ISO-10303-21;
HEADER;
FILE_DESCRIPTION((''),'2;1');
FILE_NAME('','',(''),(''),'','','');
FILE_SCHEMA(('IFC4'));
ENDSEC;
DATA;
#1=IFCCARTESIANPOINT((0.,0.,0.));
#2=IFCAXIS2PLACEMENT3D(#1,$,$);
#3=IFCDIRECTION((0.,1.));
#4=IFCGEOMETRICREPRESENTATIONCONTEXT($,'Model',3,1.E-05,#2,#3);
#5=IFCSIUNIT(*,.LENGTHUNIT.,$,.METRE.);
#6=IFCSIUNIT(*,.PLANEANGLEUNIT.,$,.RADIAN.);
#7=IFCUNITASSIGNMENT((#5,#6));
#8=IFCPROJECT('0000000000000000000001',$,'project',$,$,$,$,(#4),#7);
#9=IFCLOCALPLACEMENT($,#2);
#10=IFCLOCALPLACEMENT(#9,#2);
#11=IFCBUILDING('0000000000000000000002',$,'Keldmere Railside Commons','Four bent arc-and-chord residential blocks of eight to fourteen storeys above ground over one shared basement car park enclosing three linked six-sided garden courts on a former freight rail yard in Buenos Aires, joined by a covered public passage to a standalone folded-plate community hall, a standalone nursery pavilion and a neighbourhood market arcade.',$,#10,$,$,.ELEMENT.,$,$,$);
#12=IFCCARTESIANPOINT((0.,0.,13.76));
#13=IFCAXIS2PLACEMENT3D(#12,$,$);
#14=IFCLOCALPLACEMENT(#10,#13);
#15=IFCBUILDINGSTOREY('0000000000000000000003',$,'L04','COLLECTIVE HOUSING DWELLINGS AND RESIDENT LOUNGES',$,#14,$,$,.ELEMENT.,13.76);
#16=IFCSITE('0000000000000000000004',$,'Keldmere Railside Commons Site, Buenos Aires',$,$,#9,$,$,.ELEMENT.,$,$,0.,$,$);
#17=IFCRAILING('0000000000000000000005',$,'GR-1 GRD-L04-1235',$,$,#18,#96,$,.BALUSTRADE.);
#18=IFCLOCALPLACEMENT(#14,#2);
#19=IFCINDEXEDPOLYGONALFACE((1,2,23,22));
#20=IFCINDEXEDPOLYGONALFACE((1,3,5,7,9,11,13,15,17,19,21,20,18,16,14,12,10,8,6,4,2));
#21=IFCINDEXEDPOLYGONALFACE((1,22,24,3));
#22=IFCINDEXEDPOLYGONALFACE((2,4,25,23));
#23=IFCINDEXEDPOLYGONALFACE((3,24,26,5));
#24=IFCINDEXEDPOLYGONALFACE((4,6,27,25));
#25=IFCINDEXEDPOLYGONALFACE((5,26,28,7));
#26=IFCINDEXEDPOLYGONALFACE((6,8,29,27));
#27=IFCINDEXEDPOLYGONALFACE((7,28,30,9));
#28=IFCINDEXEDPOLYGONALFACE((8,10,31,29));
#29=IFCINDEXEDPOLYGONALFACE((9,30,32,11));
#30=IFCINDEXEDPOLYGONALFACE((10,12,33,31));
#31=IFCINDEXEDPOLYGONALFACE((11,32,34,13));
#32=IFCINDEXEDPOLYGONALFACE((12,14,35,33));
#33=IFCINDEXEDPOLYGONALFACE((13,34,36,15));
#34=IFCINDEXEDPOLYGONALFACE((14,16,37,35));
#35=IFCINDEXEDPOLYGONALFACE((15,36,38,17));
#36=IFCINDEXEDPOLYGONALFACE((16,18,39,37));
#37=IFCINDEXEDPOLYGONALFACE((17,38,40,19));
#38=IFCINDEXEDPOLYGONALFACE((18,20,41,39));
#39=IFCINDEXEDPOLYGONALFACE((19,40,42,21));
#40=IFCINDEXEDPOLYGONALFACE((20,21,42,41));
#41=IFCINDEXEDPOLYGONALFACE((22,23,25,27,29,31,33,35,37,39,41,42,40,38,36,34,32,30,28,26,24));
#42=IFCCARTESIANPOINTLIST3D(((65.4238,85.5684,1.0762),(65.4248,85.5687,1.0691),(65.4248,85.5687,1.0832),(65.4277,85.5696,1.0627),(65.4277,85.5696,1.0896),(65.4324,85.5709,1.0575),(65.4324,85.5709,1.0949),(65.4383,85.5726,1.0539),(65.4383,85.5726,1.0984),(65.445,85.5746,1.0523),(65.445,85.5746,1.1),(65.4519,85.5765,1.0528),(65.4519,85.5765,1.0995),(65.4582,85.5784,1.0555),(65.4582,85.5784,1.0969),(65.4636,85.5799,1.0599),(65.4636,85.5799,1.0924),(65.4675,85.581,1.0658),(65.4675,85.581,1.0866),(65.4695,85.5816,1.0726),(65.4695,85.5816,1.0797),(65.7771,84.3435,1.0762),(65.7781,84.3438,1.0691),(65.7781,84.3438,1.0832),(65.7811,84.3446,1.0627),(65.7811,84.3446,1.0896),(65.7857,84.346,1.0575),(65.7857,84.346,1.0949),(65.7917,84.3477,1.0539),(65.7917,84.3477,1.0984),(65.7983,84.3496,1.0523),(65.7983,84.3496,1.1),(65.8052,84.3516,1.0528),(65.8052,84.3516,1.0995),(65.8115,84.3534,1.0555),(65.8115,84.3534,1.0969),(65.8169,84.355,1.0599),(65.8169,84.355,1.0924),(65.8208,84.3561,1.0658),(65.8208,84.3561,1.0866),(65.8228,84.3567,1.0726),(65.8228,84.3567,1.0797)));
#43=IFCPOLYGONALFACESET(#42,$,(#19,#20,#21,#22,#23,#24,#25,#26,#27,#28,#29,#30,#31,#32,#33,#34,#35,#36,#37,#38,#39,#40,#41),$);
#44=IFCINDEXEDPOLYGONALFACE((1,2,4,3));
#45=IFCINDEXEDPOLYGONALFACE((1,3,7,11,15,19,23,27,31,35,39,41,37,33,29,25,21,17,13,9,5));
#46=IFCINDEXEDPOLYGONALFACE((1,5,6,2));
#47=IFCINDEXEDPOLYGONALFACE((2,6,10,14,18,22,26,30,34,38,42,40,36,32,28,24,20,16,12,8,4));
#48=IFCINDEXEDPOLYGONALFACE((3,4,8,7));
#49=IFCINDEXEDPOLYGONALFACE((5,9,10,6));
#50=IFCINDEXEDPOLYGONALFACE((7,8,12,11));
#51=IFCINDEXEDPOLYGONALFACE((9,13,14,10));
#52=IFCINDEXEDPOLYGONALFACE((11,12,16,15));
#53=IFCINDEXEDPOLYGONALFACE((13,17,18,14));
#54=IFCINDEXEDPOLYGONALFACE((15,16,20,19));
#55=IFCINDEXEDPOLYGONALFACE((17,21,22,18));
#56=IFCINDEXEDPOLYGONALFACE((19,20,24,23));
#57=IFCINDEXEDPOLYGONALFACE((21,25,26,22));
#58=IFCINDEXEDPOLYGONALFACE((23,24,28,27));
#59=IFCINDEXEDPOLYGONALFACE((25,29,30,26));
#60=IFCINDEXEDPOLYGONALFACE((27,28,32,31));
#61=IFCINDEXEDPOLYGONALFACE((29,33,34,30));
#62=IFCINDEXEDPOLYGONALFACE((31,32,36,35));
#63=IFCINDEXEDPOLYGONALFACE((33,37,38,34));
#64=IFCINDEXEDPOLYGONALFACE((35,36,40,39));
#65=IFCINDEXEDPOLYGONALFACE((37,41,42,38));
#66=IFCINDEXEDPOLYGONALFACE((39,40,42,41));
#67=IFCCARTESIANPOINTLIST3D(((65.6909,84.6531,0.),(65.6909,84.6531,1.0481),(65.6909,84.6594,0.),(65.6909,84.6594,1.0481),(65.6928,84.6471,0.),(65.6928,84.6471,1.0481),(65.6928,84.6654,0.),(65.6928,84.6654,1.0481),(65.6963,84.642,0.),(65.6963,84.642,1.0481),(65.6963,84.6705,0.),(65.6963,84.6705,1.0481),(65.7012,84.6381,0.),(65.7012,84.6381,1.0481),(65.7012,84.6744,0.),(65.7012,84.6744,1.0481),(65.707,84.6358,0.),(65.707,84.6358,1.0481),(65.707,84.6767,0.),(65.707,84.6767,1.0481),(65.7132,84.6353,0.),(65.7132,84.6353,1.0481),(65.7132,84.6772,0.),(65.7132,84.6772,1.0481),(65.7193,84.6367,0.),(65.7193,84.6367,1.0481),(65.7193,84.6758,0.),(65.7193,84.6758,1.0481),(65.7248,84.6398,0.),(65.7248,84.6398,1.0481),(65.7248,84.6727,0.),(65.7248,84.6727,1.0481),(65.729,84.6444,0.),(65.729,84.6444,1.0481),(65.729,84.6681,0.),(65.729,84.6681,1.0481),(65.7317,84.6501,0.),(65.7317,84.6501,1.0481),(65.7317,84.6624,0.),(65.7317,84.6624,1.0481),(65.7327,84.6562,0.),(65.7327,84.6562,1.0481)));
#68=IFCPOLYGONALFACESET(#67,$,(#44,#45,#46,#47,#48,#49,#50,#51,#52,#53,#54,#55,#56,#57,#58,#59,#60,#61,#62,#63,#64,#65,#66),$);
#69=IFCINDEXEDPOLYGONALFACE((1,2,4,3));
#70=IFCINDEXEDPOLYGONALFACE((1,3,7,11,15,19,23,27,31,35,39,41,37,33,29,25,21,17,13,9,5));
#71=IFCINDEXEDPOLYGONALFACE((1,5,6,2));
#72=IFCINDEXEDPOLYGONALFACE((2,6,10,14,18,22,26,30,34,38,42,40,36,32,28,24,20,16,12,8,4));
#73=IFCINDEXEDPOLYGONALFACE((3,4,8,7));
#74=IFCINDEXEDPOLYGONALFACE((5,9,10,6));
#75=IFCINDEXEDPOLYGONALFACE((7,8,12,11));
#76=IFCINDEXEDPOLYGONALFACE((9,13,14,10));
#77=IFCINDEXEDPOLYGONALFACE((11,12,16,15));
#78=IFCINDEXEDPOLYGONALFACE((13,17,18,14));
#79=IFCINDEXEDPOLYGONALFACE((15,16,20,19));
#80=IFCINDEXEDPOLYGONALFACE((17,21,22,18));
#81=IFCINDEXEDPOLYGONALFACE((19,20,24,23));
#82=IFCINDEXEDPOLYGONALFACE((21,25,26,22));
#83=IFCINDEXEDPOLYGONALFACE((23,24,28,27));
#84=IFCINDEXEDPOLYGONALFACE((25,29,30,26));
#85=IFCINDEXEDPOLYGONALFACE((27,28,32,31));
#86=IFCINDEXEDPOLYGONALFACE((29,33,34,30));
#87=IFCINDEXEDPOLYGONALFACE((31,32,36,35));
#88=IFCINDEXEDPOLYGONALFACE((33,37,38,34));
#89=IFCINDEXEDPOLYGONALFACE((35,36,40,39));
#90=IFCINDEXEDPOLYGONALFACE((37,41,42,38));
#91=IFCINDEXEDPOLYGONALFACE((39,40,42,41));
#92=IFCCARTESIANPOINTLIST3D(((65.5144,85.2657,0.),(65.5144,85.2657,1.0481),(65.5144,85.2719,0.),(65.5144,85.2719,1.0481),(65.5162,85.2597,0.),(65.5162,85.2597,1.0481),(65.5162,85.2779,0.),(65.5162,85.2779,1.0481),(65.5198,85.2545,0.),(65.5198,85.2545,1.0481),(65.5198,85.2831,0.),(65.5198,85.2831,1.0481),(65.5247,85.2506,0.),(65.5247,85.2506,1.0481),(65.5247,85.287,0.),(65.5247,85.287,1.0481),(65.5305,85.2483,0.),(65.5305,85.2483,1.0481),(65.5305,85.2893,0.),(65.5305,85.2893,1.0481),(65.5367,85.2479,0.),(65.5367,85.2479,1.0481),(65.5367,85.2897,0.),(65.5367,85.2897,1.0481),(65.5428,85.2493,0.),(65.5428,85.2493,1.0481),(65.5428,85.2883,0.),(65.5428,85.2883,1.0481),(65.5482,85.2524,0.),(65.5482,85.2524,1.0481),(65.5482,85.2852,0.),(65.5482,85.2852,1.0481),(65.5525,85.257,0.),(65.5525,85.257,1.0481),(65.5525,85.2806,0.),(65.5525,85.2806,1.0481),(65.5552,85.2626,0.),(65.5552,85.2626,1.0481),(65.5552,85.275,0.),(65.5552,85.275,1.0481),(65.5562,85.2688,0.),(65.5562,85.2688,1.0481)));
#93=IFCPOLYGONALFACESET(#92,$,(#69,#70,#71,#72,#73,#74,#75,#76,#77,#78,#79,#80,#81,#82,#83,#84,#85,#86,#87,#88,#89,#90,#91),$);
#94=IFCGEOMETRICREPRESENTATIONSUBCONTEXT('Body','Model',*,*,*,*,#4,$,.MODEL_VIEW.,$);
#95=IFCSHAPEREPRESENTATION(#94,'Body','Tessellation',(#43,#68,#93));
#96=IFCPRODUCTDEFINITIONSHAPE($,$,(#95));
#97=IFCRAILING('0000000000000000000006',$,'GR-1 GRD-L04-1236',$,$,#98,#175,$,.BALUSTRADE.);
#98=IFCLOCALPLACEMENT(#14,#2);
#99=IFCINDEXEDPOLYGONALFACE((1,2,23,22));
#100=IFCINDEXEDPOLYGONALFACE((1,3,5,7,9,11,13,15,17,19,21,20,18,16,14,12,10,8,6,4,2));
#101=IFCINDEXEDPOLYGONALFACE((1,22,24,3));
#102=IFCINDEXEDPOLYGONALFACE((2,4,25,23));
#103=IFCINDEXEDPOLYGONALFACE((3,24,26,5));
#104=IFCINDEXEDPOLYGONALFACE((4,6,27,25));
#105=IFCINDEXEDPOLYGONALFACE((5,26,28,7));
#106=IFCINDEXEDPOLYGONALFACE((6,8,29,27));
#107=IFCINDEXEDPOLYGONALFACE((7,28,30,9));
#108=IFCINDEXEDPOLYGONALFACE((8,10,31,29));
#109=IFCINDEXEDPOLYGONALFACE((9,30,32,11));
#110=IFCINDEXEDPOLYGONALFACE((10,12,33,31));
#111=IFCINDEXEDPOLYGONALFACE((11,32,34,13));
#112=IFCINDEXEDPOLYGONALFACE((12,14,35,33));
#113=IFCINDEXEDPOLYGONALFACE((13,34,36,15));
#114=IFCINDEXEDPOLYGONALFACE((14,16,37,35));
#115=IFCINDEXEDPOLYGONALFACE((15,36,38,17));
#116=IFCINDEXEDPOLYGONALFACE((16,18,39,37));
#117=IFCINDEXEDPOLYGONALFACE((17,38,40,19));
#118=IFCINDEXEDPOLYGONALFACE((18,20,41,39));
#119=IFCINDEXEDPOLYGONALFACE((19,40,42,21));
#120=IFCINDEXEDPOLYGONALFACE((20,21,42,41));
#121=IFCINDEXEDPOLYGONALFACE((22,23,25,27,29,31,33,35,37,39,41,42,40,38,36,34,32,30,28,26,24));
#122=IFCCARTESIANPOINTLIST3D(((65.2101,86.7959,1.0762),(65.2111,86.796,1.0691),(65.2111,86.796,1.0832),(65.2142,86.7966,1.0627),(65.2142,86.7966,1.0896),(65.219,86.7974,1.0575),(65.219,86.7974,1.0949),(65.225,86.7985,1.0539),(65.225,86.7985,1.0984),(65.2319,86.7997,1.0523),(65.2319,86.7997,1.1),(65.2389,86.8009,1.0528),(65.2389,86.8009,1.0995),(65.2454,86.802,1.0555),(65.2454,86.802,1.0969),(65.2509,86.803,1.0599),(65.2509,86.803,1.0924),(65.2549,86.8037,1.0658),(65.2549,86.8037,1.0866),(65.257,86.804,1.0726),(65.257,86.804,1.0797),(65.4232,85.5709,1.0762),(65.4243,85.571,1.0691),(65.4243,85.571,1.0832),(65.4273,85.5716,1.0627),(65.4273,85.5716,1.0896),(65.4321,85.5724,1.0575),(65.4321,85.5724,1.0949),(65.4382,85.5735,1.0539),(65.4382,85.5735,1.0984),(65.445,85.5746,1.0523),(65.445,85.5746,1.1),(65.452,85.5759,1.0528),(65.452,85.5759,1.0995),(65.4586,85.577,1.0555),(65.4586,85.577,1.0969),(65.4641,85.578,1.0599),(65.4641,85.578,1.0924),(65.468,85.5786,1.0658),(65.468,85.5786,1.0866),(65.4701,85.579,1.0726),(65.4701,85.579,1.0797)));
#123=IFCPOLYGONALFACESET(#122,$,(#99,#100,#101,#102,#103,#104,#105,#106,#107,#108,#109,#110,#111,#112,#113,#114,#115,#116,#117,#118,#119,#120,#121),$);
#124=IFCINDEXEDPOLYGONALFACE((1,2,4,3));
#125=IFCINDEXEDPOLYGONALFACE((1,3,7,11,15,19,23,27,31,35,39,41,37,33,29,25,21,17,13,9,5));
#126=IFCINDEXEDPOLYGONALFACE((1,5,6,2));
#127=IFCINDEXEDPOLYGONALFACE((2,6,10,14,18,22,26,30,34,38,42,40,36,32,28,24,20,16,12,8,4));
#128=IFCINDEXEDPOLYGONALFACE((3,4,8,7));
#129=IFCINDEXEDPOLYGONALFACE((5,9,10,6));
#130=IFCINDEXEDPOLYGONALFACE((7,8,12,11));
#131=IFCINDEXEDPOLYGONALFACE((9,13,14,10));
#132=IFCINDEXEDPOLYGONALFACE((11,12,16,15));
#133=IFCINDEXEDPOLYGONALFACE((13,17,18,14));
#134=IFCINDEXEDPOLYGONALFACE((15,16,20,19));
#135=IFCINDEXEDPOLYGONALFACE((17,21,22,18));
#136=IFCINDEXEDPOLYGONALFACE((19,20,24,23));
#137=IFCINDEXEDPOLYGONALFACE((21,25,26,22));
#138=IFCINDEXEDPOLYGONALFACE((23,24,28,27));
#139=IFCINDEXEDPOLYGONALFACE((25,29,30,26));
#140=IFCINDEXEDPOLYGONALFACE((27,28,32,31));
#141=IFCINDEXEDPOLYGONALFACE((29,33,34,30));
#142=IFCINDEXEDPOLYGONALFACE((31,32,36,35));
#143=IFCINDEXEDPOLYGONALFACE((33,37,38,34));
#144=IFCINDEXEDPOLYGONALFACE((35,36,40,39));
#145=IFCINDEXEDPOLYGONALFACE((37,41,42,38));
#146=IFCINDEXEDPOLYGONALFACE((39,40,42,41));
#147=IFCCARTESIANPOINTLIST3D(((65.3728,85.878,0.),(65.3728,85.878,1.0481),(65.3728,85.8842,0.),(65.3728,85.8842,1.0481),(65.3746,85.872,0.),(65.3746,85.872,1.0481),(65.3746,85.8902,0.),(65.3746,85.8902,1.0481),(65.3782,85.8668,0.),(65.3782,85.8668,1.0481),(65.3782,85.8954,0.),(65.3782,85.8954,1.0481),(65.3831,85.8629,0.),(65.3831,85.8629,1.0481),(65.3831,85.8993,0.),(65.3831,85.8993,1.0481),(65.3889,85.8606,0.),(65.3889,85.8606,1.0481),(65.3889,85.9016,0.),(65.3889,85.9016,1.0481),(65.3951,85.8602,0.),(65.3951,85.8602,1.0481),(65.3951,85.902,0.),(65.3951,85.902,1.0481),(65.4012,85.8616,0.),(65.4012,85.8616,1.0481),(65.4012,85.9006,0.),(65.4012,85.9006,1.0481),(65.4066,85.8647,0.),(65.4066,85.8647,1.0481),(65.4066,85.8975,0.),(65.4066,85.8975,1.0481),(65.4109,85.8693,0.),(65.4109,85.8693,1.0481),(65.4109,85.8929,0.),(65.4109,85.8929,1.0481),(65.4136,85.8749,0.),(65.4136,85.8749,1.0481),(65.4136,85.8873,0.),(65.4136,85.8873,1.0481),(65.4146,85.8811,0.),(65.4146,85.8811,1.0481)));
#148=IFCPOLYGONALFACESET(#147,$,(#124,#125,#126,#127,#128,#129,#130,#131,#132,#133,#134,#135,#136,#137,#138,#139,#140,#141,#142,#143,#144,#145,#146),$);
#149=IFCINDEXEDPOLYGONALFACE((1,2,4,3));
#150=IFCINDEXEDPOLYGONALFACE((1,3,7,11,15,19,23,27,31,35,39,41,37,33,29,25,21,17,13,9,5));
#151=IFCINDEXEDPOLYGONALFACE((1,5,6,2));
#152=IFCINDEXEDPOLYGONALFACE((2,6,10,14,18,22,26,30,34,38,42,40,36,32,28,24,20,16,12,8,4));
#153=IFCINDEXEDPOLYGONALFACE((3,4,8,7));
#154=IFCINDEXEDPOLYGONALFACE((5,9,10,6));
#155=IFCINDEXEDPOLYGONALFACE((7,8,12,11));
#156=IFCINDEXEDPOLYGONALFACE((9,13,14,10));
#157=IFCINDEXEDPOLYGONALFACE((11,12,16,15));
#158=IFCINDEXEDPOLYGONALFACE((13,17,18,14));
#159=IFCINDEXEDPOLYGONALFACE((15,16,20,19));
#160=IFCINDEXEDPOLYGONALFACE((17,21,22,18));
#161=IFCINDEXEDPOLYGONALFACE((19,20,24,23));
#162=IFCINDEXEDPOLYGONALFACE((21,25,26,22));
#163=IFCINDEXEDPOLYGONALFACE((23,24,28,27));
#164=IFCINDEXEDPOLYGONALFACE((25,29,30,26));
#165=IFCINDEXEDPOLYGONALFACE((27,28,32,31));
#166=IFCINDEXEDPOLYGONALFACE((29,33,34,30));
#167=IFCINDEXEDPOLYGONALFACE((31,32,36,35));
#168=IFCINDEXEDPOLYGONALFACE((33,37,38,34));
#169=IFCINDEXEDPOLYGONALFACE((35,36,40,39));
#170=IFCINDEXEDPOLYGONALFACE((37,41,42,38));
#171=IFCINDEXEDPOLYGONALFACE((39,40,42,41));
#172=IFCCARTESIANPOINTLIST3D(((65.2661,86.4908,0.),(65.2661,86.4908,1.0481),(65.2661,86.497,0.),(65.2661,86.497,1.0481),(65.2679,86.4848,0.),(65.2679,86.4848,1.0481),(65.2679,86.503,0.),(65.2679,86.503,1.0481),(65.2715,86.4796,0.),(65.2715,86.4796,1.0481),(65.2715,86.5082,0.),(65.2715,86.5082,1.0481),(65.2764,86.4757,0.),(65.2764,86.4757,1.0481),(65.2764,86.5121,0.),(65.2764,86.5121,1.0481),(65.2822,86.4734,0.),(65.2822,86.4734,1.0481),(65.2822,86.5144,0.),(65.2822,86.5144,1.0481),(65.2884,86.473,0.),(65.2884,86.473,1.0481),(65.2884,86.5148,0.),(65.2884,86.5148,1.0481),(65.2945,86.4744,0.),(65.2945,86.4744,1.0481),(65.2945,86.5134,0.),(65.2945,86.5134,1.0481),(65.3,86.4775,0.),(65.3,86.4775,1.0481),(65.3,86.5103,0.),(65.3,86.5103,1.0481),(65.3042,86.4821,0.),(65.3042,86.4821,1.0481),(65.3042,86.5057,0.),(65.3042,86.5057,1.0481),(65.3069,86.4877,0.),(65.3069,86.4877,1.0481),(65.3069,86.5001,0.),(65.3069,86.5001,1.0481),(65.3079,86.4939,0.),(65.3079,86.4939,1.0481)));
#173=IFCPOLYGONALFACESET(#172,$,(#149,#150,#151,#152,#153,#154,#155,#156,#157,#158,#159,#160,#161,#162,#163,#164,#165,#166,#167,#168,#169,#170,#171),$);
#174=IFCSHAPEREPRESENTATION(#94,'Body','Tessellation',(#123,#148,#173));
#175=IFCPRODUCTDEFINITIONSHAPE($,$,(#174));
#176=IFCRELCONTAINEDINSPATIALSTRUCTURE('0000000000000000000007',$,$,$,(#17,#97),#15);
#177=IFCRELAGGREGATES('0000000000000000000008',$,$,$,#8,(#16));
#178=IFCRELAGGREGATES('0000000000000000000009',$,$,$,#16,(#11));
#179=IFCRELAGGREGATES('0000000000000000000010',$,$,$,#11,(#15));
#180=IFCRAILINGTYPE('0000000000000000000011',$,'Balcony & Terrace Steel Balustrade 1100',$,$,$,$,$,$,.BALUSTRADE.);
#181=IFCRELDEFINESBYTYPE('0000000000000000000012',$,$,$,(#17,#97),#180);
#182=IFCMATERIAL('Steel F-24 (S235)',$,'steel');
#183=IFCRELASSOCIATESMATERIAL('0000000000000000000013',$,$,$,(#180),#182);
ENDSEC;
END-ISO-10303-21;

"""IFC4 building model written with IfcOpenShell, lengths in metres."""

from ifc_helpers import new_model, si_unit, direction, frame, origin, origin_2d, place, context, subcontext, project, spatial, circle, extrude, material, type_object, element, save


model = new_model("IFC4")

# Units and contexts
model_context = context("Model", 3, precision=1e-05, world=origin(), true_north=direction((0.0, 1.0)))
body_context = subcontext(model_context, "Body", "Model", "MODEL_VIEW")
ifc_project = project(units=[si_unit("LENGTHUNIT", "METRE"), si_unit("PLANEANGLEUNIT", "RADIAN")], contexts=[model_context])

# Site, building, storey
site_placement = place(None, origin())
site = spatial("IfcSite", under=ifc_project, at=site_placement, Name="Keldmere Railside Commons Site, Buenos Aires", CompositionType="ELEMENT", RefElevation=0.0)
building_placement = place(site_placement, origin())
building = spatial("IfcBuilding", under=site, at=building_placement, Name="Keldmere Railside Commons", Description="Four bent arc-and-chord residential blocks of eight to fourteen storeys above ground over one shared basement car park enclosing three linked six-sided garden courts on a former freight rail yard in Buenos Aires, joined by a covered public passage to a standalone folded-plate community hall, a standalone nursery pavilion and a neighbourhood market arcade.", CompositionType="ELEMENT")
storey_placement = place(building_placement, frame((0.0, 0.0, 13.76)))
storey = spatial("IfcBuildingStorey", under=building, at=storey_placement, Name="L04", Description="COLLECTIVE HOUSING DWELLINGS AND RESIDENT LOUNGES", CompositionType="ELEMENT", Elevation=13.76)

# Railings
ifc_material_1 = material(Name="Steel F-24 (S235)", Category="steel")
railing_type = type_object("IfcRailingType", Name="Balcony & Terrace Steel Balustrade 1100", PredefinedType="BALUSTRADE", material=ifc_material_1)
railing_1_placement = place(storey_placement, frame((65.8, 84.3501, 0.0)))
element("IfcRailing", 1, at=railing_1_placement, inside=storey, type_object=railing_type, Name="GR-1 GRD-L04-1235", PredefinedType="BALUSTRADE", context=body_context, shape_type="SweptSolid", body=[
    extrude(circle(Radius=0.0239, at=origin_2d()), frame((0.0, 0.0, 1.0762), z_axis=(-0.277123, 0.960834, 0.0), x_axis=(-0.960834, -0.277123, 0.0)), (0.0, 0.0, 1.0), 1.2749),
    extrude(circle(Radius=0.021, at=origin_2d()), frame((-0.0884, 0.3062, 0.0)), (0.0, 0.0, 1.0), 1.0481),
    extrude(circle(Radius=0.021, at=origin_2d()), frame((-0.2649, 0.9187, 0.0)), (0.0, 0.0, 1.0), 1.0481),
])
railing_2_placement = place(storey_placement, frame((65.4468, 85.575, 0.0)))
element("IfcRailing", 2, at=railing_2_placement, inside=storey, type_object=railing_type, Name="GR-1 GRD-L04-1236", PredefinedType="BALUSTRADE", context=body_context, shape_type="SweptSolid", body=[
    extrude(circle(Radius=0.0239, at=origin_2d()), frame((0.0, 0.0, 1.0762), z_axis=(-0.171399, 0.985202, 0.0), x_axis=(-0.985202, -0.171399, 0.0)), (0.0, 0.0, 1.0), 1.2434),
    extrude(circle(Radius=0.021, at=origin_2d()), frame((-0.0532, 0.3062, 0.0)), (0.0, 0.0, 1.0), 1.0481),
    extrude(circle(Radius=0.021, at=origin_2d()), frame((-0.1599, 0.9189, 0.0)), (0.0, 0.0, 1.0), 1.0481),
])

save(model, "model.ifc")
